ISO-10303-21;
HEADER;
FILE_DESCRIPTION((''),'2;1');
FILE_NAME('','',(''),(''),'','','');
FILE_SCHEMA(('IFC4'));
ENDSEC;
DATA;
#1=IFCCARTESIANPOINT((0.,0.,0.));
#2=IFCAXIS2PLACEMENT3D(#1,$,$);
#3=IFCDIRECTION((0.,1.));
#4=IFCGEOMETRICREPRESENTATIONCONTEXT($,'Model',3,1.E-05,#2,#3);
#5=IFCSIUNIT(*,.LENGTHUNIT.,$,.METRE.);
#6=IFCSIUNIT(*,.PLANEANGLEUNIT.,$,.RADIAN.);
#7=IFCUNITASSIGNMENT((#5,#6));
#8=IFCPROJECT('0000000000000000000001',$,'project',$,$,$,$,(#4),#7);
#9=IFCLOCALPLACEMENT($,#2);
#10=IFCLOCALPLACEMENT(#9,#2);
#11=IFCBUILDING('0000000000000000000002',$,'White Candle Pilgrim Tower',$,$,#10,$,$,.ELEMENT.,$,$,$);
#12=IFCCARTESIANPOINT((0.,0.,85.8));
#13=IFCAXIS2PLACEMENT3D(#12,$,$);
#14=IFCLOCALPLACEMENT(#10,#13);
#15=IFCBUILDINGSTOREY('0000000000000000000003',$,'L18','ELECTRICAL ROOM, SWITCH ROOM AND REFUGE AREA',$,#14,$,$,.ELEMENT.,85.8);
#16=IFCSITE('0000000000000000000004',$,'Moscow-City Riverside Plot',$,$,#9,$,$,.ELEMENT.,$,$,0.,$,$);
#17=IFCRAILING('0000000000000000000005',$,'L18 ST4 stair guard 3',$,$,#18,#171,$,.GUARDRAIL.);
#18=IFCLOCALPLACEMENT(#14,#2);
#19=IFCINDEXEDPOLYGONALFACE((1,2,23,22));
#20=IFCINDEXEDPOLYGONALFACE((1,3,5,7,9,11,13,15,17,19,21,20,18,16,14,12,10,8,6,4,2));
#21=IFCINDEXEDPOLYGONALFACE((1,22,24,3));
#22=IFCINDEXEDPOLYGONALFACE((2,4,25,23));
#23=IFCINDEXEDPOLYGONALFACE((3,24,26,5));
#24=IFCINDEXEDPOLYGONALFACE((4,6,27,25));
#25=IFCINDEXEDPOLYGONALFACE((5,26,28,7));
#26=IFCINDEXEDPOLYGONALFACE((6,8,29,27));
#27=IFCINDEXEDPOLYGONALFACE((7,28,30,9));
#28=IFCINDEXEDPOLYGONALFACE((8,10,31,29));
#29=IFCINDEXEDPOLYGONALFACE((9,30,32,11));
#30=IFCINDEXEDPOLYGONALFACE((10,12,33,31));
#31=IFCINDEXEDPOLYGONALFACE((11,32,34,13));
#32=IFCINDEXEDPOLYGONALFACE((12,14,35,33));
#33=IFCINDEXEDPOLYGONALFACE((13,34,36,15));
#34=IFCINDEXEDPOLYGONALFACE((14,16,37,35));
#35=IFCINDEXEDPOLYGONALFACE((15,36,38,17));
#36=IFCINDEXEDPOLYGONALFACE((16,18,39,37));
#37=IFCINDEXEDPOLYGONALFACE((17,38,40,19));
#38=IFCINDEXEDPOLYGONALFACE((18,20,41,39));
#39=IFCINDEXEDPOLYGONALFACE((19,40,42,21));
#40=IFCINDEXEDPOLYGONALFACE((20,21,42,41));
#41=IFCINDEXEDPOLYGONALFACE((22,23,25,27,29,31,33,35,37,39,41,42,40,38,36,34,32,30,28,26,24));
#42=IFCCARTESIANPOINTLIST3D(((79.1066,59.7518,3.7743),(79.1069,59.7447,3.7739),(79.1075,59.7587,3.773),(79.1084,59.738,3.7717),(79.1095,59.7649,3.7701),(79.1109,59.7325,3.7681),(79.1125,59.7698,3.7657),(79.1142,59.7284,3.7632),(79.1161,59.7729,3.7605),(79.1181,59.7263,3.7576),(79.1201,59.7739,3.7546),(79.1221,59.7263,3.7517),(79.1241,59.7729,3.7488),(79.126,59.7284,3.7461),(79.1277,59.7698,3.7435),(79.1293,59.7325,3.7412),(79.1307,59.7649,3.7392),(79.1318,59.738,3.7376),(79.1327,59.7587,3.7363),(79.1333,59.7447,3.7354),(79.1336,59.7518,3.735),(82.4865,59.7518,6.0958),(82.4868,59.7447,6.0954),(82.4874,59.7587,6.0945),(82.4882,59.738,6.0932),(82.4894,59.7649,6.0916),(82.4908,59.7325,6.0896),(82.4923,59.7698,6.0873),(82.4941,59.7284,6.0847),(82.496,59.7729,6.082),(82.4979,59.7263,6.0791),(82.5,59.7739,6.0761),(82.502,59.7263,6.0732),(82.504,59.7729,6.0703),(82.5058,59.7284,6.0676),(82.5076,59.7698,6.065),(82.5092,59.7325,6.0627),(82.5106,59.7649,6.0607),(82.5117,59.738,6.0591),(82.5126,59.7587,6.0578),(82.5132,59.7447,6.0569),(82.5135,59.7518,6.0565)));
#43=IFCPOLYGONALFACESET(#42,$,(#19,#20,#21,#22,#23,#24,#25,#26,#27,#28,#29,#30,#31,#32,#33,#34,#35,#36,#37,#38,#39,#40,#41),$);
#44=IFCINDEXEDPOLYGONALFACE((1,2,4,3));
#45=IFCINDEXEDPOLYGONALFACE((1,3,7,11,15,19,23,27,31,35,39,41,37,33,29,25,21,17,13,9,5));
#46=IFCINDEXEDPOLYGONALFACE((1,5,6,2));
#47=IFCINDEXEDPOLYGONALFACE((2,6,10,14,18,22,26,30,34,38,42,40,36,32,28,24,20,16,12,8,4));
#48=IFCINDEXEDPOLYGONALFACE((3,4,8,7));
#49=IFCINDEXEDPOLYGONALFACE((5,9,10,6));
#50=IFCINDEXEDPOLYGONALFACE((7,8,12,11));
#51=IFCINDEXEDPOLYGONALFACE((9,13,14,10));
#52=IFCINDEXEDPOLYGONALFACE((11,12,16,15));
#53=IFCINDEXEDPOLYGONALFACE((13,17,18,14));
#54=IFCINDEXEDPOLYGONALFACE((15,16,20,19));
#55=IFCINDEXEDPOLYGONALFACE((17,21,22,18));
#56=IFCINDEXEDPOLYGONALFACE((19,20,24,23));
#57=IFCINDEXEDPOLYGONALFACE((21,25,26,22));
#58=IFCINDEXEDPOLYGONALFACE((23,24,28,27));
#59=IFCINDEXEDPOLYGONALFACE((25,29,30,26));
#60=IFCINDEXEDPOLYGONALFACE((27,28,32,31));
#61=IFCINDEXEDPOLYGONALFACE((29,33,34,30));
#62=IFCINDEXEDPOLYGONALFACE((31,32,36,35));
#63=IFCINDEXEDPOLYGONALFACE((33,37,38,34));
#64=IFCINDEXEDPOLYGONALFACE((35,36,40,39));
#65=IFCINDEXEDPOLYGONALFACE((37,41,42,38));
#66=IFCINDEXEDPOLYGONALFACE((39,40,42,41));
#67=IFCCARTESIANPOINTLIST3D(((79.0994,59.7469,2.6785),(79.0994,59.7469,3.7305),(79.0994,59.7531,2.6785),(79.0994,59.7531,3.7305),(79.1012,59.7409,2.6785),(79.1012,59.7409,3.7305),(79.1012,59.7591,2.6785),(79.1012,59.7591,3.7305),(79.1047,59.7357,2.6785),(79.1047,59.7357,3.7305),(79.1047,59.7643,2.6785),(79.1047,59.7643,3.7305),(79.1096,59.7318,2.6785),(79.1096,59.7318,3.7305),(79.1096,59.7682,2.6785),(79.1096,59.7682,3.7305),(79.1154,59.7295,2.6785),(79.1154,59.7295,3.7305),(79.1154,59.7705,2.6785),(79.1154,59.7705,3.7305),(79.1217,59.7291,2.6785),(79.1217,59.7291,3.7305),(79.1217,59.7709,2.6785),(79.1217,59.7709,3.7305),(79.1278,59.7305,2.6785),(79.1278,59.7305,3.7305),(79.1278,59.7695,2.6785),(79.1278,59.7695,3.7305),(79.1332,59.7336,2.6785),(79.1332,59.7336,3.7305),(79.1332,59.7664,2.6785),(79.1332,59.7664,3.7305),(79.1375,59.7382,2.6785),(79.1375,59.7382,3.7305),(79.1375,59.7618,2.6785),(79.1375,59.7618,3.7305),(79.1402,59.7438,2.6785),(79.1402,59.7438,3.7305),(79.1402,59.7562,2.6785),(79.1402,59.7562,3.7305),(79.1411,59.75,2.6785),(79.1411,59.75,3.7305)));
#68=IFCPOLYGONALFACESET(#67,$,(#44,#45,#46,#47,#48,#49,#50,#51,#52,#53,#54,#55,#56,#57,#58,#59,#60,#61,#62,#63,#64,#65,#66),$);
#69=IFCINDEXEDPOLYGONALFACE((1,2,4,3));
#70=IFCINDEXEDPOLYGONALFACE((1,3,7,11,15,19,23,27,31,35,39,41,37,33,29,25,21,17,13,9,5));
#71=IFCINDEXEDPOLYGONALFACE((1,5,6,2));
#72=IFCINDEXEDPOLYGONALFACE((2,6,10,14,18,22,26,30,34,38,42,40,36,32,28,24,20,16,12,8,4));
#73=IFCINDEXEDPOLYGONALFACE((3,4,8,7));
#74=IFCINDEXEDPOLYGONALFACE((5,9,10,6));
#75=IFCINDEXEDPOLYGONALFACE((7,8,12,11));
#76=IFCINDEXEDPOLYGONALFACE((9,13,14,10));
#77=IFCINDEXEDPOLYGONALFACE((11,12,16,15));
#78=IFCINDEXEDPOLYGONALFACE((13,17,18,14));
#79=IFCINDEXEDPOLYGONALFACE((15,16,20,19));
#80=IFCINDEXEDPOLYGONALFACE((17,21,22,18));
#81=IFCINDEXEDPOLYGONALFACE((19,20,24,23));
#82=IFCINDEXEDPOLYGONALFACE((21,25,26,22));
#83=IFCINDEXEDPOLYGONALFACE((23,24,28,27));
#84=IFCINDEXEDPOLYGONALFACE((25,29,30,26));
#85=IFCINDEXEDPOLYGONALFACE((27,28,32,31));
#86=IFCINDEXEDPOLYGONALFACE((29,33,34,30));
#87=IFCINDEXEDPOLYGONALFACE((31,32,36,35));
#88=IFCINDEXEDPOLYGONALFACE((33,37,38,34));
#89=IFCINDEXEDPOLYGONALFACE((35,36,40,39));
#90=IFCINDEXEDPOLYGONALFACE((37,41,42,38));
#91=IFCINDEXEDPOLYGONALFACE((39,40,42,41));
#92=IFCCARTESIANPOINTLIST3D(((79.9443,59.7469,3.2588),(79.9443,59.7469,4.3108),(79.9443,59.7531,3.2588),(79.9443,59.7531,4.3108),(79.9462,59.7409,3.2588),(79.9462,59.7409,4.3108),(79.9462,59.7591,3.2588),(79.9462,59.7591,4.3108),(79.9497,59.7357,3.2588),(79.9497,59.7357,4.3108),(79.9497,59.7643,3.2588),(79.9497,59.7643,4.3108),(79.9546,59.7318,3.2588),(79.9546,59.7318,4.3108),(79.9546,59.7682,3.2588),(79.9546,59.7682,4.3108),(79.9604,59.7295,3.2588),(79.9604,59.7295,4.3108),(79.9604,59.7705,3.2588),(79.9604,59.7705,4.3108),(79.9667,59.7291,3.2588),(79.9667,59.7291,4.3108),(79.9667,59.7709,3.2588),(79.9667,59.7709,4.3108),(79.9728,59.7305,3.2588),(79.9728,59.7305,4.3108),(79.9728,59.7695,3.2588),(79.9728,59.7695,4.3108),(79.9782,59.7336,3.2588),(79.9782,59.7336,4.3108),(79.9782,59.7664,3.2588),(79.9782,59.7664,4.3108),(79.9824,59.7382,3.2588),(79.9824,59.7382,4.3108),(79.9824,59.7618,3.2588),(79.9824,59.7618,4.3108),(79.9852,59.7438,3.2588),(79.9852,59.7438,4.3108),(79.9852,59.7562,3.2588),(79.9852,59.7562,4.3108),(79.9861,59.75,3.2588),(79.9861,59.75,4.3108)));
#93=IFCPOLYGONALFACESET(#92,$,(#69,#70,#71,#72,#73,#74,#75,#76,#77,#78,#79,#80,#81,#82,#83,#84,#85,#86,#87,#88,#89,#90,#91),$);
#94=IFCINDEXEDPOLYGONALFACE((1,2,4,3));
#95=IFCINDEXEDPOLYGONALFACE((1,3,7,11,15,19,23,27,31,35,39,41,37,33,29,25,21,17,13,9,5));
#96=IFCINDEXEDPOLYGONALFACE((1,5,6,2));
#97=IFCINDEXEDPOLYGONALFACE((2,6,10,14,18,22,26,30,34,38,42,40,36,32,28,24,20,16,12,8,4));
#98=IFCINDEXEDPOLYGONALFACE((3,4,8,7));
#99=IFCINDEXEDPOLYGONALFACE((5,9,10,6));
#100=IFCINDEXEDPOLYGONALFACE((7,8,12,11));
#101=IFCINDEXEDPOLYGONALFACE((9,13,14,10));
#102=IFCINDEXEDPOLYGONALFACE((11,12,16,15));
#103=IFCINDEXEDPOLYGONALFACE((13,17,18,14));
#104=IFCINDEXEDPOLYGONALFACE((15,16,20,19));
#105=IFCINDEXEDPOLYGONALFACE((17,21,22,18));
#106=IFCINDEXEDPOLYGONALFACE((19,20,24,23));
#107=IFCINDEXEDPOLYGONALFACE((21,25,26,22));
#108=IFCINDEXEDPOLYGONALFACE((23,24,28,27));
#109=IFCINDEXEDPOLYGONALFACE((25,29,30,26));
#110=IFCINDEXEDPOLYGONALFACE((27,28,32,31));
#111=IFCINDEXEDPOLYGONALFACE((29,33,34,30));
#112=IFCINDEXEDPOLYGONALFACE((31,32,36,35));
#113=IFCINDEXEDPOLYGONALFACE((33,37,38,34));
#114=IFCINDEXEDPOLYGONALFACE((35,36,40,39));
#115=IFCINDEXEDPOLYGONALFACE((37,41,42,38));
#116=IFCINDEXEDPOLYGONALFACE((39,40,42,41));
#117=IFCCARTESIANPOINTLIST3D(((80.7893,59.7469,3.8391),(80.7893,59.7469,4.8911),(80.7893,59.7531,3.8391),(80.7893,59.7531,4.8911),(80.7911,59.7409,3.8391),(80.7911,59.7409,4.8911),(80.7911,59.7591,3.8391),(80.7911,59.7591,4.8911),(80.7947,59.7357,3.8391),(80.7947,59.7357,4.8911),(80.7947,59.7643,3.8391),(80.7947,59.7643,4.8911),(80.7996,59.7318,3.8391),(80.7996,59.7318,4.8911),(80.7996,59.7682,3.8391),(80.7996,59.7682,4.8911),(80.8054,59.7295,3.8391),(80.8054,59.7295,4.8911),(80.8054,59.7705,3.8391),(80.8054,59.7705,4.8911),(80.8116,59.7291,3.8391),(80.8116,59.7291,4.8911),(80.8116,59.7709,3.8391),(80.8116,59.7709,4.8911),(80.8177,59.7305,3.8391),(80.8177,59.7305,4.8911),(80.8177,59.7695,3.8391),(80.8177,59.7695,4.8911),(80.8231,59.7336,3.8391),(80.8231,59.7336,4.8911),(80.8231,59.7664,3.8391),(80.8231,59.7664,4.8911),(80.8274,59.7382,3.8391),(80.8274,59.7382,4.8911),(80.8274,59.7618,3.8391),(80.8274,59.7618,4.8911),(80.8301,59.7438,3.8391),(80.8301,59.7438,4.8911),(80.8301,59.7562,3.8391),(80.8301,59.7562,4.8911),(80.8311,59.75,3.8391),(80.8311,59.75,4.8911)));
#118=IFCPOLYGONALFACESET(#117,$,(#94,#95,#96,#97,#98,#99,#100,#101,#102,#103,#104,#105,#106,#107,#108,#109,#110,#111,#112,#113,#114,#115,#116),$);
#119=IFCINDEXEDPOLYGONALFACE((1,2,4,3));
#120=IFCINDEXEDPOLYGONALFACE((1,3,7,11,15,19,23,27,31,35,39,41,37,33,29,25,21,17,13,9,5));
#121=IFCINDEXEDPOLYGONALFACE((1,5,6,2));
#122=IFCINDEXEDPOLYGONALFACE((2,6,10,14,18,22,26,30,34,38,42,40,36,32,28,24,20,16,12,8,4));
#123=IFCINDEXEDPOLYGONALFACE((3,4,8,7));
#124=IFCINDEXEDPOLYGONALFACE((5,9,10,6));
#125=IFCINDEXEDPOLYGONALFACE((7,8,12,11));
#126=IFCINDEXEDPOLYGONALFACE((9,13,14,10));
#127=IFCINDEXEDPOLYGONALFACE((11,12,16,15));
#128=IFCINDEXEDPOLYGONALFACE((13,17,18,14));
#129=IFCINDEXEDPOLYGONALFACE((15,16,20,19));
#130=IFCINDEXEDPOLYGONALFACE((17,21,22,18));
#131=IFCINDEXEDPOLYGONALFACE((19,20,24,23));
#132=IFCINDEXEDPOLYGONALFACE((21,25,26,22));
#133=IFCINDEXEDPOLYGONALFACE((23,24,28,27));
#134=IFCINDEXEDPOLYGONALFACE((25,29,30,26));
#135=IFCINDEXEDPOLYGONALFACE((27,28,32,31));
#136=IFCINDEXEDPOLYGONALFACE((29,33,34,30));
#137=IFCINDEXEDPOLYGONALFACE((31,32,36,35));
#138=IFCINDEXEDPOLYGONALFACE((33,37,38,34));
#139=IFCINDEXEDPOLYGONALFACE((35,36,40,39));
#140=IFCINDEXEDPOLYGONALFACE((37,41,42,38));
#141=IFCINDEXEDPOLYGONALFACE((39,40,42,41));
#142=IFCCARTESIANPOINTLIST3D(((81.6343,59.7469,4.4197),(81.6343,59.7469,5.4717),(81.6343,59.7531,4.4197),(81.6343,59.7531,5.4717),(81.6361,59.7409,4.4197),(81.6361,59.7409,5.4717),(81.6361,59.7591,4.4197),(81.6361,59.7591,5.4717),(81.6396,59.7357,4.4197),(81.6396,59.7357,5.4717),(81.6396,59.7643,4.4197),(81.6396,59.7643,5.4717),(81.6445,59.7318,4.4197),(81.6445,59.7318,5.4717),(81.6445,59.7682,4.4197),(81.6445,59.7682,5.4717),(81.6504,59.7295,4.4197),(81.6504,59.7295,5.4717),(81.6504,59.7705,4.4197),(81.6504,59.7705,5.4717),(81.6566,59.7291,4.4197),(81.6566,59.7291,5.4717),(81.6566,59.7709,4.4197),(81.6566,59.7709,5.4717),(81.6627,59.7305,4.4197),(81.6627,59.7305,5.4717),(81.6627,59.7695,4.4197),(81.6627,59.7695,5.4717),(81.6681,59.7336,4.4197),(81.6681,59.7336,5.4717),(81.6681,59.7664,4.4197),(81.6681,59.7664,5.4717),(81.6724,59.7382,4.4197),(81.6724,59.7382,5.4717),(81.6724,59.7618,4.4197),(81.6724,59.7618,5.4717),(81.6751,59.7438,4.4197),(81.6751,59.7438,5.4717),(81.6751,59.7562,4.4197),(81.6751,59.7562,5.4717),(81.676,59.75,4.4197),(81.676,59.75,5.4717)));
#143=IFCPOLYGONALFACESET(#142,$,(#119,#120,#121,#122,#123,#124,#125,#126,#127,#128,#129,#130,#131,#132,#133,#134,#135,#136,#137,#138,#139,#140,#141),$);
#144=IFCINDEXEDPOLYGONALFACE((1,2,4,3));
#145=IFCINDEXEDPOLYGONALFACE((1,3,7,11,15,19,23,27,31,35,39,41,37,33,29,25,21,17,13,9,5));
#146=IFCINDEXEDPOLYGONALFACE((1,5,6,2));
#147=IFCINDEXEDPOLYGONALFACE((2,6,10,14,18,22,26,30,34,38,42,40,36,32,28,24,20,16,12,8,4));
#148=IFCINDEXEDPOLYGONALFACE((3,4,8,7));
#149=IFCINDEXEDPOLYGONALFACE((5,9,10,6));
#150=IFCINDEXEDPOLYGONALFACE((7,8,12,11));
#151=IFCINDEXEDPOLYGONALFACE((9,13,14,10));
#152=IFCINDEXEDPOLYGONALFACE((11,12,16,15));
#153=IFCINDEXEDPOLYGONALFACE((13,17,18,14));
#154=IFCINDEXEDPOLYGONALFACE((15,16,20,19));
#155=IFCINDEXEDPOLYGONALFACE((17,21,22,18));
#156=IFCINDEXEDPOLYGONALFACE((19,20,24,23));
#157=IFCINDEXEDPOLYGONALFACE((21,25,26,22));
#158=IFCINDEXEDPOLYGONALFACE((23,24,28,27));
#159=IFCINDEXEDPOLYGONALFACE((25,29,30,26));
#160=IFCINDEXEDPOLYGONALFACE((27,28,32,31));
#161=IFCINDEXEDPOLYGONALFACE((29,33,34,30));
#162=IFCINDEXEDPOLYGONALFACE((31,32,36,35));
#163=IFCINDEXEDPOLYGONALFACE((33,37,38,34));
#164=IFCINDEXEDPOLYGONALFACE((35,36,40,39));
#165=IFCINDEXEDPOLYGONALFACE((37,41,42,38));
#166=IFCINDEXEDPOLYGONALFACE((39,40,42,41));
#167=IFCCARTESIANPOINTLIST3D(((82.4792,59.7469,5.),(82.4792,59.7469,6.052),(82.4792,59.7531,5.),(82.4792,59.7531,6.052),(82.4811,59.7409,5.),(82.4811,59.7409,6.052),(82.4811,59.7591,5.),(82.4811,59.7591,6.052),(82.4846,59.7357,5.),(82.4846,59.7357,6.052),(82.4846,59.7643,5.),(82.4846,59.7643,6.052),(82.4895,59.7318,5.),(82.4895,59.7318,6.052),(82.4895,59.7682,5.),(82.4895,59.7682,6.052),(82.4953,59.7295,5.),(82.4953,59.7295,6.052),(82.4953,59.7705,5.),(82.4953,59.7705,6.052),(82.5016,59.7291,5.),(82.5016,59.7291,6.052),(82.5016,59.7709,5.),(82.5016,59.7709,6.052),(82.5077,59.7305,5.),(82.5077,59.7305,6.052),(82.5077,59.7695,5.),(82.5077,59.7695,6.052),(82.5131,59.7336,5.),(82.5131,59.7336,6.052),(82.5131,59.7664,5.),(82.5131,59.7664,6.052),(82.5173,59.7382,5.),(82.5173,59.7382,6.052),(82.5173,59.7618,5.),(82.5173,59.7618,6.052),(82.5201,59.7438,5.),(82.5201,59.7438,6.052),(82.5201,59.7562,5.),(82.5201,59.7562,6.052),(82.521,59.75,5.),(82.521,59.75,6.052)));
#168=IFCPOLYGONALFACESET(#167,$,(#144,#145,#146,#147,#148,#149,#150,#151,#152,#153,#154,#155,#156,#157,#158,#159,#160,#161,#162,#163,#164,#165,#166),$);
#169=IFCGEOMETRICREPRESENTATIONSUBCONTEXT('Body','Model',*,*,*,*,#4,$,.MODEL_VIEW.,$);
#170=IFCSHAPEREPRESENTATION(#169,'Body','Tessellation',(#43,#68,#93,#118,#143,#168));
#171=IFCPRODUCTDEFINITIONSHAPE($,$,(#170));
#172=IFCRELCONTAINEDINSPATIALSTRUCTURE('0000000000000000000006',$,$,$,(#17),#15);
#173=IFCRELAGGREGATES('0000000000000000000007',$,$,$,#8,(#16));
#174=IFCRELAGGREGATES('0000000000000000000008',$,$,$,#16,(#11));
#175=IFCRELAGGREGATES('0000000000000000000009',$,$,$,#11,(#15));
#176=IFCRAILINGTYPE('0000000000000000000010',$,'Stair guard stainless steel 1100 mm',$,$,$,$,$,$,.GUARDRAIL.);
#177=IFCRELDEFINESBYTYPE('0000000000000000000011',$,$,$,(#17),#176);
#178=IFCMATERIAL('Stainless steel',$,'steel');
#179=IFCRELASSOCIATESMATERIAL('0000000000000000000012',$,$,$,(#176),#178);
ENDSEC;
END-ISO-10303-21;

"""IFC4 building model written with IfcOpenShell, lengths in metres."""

from ifc_helpers import new_model, si_unit, direction, frame, origin, origin_2d, place, context, subcontext, project, spatial, circle, extrude, material, type_object, element, save


model = new_model("IFC4")

# Units and contexts
model_context = context("Model", 3, precision=1e-05, world=origin(), true_north=direction((0.0, 1.0)))
body_context = subcontext(model_context, "Body", "Model", "MODEL_VIEW")
ifc_project = project(units=[si_unit("LENGTHUNIT", "METRE"), si_unit("PLANEANGLEUNIT", "RADIAN")], contexts=[model_context])

# Site, building, storey
site_placement = place(None, origin())
site = spatial("IfcSite", under=ifc_project, at=site_placement, Name="Moscow-City Riverside Plot", CompositionType="ELEMENT", RefElevation=0.0)
building_placement = place(site_placement, origin())
building = spatial("IfcBuilding", under=site, at=building_placement, Name="White Candle Pilgrim Tower", CompositionType="ELEMENT")
storey_placement = place(building_placement, frame((0.0, 0.0, 85.8)))
storey = spatial("IfcBuildingStorey", under=building, at=storey_placement, Name="L18", Description="ELECTRICAL ROOM, SWITCH ROOM AND REFUGE AREA", CompositionType="ELEMENT", Elevation=85.8)

# Railing
ifc_material_1 = material(Name="Stainless steel", Category="steel")
railing_type_1 = type_object("IfcRailingType", Name="Stair guard stainless steel 1100 mm", PredefinedType="GUARDRAIL", material=ifc_material_1)
railing_1_placement = place(storey_placement, frame((79.1201, 59.75, 2.6785)))
element("IfcRailing", 1, at=railing_1_placement, inside=storey, type_object=railing_type_1, Name="L18 ST4 stair guard 3", PredefinedType="GUARDRAIL", context=body_context, shape_type="SweptSolid", body=[
    extrude(circle(Radius=0.0239, at=origin_2d()), frame((0.0, 0.0, 1.0762), z_axis=(0.824285, 0.0, 0.566175), x_axis=(0.0, 1.0, 0.0)), (0.0, 0.0, 1.0), 4.1003),
    extrude(circle(Radius=0.021, at=origin_2d()), origin(), (0.0, 0.0, 1.0), 1.052),
    extrude(circle(Radius=0.021, at=origin_2d()), frame((0.845, 0.0, 0.5803)), (0.0, 0.0, 1.0), 1.052),
    extrude(circle(Radius=0.021, at=origin_2d()), frame((1.6899, 0.0, 1.1606)), (0.0, 0.0, 1.0), 1.052),
    extrude(circle(Radius=0.021, at=origin_2d()), frame((2.5349, 0.0, 1.7412)), (0.0, 0.0, 1.0), 1.052),
    extrude(circle(Radius=0.021, at=origin_2d()), frame((3.3799, 0.0, 2.3215)), (0.0, 0.0, 1.0), 1.052),
])

save(model, "model.ifc")
